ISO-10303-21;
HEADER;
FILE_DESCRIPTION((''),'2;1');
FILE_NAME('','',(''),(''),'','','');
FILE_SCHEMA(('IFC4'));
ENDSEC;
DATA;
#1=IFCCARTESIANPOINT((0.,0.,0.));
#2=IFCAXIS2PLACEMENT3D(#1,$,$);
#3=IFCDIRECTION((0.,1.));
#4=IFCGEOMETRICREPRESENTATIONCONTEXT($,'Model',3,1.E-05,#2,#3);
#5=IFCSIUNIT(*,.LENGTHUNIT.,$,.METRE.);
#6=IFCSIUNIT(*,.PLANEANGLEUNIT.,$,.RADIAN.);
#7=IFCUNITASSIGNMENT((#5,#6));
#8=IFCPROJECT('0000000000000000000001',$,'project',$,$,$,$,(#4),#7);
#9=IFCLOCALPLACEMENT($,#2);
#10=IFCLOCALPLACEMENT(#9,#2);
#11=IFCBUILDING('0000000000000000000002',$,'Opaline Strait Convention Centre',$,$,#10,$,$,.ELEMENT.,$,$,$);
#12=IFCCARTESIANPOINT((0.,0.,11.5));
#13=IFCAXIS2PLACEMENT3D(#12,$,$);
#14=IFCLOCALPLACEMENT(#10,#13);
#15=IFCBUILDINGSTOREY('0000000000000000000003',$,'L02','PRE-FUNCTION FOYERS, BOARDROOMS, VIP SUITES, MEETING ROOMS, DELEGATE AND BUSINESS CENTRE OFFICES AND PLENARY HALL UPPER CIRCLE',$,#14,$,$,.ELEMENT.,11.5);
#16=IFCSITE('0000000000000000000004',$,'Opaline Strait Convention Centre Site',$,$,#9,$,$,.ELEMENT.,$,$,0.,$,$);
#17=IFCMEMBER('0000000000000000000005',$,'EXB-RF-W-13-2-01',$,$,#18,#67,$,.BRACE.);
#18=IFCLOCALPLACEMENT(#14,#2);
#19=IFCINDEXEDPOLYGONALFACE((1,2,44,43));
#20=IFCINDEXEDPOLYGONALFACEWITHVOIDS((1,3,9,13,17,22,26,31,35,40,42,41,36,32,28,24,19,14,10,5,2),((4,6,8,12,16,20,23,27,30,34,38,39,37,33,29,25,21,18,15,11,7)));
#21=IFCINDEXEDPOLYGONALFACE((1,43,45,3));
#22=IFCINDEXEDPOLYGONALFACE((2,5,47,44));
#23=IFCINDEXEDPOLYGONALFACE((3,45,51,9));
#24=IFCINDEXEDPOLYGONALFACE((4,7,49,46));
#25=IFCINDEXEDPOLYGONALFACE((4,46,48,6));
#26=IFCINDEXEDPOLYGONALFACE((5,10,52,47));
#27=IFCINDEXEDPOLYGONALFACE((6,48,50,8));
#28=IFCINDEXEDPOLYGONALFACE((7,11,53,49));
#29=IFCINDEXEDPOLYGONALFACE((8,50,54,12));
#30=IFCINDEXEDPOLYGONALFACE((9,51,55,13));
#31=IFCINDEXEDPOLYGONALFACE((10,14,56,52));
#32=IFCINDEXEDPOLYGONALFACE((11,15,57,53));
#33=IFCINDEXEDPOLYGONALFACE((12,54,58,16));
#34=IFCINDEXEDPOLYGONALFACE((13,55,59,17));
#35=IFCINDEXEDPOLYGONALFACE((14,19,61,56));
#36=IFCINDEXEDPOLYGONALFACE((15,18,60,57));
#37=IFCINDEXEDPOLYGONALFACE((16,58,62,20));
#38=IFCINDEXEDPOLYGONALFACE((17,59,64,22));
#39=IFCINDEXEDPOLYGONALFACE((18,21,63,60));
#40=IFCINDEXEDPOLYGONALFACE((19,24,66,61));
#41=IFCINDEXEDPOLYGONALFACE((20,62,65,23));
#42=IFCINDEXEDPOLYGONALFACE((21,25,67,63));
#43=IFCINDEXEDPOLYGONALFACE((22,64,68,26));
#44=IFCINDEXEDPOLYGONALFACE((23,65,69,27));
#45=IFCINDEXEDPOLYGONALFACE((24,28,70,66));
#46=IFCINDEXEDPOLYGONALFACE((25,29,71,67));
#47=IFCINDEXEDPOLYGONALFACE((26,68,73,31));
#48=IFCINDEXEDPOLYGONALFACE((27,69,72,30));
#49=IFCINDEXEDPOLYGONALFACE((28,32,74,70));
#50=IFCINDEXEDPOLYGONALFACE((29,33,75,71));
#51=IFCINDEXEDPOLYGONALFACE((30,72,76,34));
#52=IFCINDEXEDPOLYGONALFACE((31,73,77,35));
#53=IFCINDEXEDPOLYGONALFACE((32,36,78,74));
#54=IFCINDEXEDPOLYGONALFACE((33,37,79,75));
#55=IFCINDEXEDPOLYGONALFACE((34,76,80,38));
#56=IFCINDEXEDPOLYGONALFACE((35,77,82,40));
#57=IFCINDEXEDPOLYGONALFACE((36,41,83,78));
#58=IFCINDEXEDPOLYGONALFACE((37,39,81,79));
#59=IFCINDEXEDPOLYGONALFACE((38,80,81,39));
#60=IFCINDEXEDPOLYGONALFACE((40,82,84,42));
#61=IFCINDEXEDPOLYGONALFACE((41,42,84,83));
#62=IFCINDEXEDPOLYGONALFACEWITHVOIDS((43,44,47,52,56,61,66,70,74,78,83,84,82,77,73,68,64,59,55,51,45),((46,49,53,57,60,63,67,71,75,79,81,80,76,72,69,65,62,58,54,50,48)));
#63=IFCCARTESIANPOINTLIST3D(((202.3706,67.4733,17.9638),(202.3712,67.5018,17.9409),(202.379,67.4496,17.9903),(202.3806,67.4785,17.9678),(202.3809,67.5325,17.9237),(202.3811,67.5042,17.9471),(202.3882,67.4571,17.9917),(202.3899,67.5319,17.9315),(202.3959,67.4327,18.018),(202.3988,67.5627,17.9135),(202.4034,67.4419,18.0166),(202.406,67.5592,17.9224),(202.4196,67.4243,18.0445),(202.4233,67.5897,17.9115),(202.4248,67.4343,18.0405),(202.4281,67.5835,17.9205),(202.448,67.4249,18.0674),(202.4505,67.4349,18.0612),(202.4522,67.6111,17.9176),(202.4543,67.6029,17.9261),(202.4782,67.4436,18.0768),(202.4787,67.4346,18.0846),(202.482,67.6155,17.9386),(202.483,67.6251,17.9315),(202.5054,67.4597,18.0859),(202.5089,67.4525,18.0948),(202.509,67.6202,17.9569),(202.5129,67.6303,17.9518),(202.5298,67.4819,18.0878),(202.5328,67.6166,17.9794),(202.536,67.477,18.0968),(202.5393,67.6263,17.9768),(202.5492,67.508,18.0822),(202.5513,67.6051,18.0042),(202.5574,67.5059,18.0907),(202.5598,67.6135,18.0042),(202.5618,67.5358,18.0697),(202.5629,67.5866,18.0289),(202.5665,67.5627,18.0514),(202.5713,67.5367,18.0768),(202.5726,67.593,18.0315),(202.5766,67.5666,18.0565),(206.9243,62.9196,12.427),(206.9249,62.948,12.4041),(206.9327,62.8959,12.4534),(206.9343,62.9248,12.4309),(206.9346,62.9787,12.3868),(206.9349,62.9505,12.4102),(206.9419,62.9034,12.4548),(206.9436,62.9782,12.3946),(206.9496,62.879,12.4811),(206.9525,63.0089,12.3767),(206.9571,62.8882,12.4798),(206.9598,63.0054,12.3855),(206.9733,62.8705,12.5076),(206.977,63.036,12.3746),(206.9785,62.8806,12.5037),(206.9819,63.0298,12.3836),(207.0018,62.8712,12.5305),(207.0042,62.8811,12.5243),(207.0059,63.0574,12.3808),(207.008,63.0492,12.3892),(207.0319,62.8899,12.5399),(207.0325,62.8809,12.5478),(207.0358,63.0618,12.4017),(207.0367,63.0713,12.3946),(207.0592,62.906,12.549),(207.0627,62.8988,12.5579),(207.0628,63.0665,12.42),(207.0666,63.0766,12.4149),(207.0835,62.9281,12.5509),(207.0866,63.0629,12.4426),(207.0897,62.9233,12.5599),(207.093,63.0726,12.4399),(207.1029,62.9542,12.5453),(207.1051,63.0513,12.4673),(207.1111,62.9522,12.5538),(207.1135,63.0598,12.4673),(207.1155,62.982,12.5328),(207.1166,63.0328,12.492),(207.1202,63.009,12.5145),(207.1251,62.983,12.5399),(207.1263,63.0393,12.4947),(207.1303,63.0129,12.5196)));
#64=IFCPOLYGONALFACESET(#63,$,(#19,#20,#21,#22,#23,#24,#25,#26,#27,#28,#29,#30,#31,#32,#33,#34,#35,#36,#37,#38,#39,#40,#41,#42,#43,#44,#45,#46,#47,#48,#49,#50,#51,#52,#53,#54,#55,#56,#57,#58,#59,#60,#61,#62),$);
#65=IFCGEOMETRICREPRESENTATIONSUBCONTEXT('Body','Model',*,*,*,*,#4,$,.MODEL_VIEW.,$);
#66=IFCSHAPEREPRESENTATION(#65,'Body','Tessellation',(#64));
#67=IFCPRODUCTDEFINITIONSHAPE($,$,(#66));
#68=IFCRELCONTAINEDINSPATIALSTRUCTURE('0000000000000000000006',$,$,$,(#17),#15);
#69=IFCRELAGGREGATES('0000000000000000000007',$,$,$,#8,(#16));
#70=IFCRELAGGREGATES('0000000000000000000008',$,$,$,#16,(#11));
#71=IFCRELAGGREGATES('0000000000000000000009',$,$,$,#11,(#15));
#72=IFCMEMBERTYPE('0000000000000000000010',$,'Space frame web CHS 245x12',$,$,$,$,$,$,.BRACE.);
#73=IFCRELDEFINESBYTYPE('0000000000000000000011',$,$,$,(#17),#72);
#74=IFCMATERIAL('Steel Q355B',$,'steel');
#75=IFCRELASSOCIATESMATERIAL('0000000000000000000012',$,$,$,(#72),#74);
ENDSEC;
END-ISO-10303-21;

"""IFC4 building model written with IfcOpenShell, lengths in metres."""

from ifc_helpers import new_model, si_unit, direction, frame, origin, origin_2d, place, context, subcontext, project, spatial, hollow_circle, extrude, material, material_profile, profile_set, type_object, element, save


model = new_model("IFC4")

# Units and contexts
model_context = context("Model", 3, precision=1e-05, world=origin(), true_north=direction((0.0, 1.0)))
body_context = subcontext(model_context, "Body", "Model", "MODEL_VIEW")
ifc_project = project(units=[si_unit("LENGTHUNIT", "METRE"), si_unit("PLANEANGLEUNIT", "RADIAN")], contexts=[model_context])

# Site, building, storey
site_placement = place(None, origin())
site = spatial("IfcSite", under=ifc_project, at=site_placement, Name="Opaline Strait Convention Centre Site", CompositionType="ELEMENT", RefElevation=0.0)
building_placement = place(site_placement, origin())
building = spatial("IfcBuilding", under=site, at=building_placement, Name="Opaline Strait Convention Centre", CompositionType="ELEMENT")
storey_placement = place(building_placement, frame((0.0, 0.0, 11.5)))
storey = spatial("IfcBuildingStorey", under=building, at=storey_placement, Name="L02", Description="PRE-FUNCTION FOYERS, BOARDROOMS, VIP SUITES, MEETING ROOMS, DELEGATE AND BUSINESS CENTRE OFFICES AND PLENARY HALL UPPER CIRCLE", CompositionType="ELEMENT", Elevation=11.5)

# Member
ifc_material = material(Name="Steel Q355B", Category="steel")
ifc_material_profile_1 = material_profile(ifc_material, hollow_circle(Radius=0.1226, WallThickness=0.012, at=origin_2d()), Name="CHS 245x12")
ifc_profile_set_1 = profile_set([ifc_material_profile_1], Name="Steel Q355B")
member_type_1 = type_object("IfcMemberType", Name="Space frame web CHS 245x12", PredefinedType="BRACE", material=ifc_profile_set_1)
for number, where, z_axis, x_axis, name in (
    (1, (202.4731, 67.5269, 18.0042), (0.536178, -0.536178, -0.65194), (0.707107, 0.707107, 0.0), "EXB-RF-W-13-2-01"),
):
    element("IfcMember", number, at=place(storey_placement, frame(where, z_axis=z_axis, x_axis=x_axis)), inside=storey, type_object=member_type_1, Name=name, PredefinedType="BRACE", context=body_context, shape_type="SweptSolid", body=[
        extrude(hollow_circle(Radius=0.1226, WallThickness=0.012, at=origin_2d()), origin(), (0.0, 0.0, 1.0), 8.4929),
    ])

save(model, "model.ifc")
